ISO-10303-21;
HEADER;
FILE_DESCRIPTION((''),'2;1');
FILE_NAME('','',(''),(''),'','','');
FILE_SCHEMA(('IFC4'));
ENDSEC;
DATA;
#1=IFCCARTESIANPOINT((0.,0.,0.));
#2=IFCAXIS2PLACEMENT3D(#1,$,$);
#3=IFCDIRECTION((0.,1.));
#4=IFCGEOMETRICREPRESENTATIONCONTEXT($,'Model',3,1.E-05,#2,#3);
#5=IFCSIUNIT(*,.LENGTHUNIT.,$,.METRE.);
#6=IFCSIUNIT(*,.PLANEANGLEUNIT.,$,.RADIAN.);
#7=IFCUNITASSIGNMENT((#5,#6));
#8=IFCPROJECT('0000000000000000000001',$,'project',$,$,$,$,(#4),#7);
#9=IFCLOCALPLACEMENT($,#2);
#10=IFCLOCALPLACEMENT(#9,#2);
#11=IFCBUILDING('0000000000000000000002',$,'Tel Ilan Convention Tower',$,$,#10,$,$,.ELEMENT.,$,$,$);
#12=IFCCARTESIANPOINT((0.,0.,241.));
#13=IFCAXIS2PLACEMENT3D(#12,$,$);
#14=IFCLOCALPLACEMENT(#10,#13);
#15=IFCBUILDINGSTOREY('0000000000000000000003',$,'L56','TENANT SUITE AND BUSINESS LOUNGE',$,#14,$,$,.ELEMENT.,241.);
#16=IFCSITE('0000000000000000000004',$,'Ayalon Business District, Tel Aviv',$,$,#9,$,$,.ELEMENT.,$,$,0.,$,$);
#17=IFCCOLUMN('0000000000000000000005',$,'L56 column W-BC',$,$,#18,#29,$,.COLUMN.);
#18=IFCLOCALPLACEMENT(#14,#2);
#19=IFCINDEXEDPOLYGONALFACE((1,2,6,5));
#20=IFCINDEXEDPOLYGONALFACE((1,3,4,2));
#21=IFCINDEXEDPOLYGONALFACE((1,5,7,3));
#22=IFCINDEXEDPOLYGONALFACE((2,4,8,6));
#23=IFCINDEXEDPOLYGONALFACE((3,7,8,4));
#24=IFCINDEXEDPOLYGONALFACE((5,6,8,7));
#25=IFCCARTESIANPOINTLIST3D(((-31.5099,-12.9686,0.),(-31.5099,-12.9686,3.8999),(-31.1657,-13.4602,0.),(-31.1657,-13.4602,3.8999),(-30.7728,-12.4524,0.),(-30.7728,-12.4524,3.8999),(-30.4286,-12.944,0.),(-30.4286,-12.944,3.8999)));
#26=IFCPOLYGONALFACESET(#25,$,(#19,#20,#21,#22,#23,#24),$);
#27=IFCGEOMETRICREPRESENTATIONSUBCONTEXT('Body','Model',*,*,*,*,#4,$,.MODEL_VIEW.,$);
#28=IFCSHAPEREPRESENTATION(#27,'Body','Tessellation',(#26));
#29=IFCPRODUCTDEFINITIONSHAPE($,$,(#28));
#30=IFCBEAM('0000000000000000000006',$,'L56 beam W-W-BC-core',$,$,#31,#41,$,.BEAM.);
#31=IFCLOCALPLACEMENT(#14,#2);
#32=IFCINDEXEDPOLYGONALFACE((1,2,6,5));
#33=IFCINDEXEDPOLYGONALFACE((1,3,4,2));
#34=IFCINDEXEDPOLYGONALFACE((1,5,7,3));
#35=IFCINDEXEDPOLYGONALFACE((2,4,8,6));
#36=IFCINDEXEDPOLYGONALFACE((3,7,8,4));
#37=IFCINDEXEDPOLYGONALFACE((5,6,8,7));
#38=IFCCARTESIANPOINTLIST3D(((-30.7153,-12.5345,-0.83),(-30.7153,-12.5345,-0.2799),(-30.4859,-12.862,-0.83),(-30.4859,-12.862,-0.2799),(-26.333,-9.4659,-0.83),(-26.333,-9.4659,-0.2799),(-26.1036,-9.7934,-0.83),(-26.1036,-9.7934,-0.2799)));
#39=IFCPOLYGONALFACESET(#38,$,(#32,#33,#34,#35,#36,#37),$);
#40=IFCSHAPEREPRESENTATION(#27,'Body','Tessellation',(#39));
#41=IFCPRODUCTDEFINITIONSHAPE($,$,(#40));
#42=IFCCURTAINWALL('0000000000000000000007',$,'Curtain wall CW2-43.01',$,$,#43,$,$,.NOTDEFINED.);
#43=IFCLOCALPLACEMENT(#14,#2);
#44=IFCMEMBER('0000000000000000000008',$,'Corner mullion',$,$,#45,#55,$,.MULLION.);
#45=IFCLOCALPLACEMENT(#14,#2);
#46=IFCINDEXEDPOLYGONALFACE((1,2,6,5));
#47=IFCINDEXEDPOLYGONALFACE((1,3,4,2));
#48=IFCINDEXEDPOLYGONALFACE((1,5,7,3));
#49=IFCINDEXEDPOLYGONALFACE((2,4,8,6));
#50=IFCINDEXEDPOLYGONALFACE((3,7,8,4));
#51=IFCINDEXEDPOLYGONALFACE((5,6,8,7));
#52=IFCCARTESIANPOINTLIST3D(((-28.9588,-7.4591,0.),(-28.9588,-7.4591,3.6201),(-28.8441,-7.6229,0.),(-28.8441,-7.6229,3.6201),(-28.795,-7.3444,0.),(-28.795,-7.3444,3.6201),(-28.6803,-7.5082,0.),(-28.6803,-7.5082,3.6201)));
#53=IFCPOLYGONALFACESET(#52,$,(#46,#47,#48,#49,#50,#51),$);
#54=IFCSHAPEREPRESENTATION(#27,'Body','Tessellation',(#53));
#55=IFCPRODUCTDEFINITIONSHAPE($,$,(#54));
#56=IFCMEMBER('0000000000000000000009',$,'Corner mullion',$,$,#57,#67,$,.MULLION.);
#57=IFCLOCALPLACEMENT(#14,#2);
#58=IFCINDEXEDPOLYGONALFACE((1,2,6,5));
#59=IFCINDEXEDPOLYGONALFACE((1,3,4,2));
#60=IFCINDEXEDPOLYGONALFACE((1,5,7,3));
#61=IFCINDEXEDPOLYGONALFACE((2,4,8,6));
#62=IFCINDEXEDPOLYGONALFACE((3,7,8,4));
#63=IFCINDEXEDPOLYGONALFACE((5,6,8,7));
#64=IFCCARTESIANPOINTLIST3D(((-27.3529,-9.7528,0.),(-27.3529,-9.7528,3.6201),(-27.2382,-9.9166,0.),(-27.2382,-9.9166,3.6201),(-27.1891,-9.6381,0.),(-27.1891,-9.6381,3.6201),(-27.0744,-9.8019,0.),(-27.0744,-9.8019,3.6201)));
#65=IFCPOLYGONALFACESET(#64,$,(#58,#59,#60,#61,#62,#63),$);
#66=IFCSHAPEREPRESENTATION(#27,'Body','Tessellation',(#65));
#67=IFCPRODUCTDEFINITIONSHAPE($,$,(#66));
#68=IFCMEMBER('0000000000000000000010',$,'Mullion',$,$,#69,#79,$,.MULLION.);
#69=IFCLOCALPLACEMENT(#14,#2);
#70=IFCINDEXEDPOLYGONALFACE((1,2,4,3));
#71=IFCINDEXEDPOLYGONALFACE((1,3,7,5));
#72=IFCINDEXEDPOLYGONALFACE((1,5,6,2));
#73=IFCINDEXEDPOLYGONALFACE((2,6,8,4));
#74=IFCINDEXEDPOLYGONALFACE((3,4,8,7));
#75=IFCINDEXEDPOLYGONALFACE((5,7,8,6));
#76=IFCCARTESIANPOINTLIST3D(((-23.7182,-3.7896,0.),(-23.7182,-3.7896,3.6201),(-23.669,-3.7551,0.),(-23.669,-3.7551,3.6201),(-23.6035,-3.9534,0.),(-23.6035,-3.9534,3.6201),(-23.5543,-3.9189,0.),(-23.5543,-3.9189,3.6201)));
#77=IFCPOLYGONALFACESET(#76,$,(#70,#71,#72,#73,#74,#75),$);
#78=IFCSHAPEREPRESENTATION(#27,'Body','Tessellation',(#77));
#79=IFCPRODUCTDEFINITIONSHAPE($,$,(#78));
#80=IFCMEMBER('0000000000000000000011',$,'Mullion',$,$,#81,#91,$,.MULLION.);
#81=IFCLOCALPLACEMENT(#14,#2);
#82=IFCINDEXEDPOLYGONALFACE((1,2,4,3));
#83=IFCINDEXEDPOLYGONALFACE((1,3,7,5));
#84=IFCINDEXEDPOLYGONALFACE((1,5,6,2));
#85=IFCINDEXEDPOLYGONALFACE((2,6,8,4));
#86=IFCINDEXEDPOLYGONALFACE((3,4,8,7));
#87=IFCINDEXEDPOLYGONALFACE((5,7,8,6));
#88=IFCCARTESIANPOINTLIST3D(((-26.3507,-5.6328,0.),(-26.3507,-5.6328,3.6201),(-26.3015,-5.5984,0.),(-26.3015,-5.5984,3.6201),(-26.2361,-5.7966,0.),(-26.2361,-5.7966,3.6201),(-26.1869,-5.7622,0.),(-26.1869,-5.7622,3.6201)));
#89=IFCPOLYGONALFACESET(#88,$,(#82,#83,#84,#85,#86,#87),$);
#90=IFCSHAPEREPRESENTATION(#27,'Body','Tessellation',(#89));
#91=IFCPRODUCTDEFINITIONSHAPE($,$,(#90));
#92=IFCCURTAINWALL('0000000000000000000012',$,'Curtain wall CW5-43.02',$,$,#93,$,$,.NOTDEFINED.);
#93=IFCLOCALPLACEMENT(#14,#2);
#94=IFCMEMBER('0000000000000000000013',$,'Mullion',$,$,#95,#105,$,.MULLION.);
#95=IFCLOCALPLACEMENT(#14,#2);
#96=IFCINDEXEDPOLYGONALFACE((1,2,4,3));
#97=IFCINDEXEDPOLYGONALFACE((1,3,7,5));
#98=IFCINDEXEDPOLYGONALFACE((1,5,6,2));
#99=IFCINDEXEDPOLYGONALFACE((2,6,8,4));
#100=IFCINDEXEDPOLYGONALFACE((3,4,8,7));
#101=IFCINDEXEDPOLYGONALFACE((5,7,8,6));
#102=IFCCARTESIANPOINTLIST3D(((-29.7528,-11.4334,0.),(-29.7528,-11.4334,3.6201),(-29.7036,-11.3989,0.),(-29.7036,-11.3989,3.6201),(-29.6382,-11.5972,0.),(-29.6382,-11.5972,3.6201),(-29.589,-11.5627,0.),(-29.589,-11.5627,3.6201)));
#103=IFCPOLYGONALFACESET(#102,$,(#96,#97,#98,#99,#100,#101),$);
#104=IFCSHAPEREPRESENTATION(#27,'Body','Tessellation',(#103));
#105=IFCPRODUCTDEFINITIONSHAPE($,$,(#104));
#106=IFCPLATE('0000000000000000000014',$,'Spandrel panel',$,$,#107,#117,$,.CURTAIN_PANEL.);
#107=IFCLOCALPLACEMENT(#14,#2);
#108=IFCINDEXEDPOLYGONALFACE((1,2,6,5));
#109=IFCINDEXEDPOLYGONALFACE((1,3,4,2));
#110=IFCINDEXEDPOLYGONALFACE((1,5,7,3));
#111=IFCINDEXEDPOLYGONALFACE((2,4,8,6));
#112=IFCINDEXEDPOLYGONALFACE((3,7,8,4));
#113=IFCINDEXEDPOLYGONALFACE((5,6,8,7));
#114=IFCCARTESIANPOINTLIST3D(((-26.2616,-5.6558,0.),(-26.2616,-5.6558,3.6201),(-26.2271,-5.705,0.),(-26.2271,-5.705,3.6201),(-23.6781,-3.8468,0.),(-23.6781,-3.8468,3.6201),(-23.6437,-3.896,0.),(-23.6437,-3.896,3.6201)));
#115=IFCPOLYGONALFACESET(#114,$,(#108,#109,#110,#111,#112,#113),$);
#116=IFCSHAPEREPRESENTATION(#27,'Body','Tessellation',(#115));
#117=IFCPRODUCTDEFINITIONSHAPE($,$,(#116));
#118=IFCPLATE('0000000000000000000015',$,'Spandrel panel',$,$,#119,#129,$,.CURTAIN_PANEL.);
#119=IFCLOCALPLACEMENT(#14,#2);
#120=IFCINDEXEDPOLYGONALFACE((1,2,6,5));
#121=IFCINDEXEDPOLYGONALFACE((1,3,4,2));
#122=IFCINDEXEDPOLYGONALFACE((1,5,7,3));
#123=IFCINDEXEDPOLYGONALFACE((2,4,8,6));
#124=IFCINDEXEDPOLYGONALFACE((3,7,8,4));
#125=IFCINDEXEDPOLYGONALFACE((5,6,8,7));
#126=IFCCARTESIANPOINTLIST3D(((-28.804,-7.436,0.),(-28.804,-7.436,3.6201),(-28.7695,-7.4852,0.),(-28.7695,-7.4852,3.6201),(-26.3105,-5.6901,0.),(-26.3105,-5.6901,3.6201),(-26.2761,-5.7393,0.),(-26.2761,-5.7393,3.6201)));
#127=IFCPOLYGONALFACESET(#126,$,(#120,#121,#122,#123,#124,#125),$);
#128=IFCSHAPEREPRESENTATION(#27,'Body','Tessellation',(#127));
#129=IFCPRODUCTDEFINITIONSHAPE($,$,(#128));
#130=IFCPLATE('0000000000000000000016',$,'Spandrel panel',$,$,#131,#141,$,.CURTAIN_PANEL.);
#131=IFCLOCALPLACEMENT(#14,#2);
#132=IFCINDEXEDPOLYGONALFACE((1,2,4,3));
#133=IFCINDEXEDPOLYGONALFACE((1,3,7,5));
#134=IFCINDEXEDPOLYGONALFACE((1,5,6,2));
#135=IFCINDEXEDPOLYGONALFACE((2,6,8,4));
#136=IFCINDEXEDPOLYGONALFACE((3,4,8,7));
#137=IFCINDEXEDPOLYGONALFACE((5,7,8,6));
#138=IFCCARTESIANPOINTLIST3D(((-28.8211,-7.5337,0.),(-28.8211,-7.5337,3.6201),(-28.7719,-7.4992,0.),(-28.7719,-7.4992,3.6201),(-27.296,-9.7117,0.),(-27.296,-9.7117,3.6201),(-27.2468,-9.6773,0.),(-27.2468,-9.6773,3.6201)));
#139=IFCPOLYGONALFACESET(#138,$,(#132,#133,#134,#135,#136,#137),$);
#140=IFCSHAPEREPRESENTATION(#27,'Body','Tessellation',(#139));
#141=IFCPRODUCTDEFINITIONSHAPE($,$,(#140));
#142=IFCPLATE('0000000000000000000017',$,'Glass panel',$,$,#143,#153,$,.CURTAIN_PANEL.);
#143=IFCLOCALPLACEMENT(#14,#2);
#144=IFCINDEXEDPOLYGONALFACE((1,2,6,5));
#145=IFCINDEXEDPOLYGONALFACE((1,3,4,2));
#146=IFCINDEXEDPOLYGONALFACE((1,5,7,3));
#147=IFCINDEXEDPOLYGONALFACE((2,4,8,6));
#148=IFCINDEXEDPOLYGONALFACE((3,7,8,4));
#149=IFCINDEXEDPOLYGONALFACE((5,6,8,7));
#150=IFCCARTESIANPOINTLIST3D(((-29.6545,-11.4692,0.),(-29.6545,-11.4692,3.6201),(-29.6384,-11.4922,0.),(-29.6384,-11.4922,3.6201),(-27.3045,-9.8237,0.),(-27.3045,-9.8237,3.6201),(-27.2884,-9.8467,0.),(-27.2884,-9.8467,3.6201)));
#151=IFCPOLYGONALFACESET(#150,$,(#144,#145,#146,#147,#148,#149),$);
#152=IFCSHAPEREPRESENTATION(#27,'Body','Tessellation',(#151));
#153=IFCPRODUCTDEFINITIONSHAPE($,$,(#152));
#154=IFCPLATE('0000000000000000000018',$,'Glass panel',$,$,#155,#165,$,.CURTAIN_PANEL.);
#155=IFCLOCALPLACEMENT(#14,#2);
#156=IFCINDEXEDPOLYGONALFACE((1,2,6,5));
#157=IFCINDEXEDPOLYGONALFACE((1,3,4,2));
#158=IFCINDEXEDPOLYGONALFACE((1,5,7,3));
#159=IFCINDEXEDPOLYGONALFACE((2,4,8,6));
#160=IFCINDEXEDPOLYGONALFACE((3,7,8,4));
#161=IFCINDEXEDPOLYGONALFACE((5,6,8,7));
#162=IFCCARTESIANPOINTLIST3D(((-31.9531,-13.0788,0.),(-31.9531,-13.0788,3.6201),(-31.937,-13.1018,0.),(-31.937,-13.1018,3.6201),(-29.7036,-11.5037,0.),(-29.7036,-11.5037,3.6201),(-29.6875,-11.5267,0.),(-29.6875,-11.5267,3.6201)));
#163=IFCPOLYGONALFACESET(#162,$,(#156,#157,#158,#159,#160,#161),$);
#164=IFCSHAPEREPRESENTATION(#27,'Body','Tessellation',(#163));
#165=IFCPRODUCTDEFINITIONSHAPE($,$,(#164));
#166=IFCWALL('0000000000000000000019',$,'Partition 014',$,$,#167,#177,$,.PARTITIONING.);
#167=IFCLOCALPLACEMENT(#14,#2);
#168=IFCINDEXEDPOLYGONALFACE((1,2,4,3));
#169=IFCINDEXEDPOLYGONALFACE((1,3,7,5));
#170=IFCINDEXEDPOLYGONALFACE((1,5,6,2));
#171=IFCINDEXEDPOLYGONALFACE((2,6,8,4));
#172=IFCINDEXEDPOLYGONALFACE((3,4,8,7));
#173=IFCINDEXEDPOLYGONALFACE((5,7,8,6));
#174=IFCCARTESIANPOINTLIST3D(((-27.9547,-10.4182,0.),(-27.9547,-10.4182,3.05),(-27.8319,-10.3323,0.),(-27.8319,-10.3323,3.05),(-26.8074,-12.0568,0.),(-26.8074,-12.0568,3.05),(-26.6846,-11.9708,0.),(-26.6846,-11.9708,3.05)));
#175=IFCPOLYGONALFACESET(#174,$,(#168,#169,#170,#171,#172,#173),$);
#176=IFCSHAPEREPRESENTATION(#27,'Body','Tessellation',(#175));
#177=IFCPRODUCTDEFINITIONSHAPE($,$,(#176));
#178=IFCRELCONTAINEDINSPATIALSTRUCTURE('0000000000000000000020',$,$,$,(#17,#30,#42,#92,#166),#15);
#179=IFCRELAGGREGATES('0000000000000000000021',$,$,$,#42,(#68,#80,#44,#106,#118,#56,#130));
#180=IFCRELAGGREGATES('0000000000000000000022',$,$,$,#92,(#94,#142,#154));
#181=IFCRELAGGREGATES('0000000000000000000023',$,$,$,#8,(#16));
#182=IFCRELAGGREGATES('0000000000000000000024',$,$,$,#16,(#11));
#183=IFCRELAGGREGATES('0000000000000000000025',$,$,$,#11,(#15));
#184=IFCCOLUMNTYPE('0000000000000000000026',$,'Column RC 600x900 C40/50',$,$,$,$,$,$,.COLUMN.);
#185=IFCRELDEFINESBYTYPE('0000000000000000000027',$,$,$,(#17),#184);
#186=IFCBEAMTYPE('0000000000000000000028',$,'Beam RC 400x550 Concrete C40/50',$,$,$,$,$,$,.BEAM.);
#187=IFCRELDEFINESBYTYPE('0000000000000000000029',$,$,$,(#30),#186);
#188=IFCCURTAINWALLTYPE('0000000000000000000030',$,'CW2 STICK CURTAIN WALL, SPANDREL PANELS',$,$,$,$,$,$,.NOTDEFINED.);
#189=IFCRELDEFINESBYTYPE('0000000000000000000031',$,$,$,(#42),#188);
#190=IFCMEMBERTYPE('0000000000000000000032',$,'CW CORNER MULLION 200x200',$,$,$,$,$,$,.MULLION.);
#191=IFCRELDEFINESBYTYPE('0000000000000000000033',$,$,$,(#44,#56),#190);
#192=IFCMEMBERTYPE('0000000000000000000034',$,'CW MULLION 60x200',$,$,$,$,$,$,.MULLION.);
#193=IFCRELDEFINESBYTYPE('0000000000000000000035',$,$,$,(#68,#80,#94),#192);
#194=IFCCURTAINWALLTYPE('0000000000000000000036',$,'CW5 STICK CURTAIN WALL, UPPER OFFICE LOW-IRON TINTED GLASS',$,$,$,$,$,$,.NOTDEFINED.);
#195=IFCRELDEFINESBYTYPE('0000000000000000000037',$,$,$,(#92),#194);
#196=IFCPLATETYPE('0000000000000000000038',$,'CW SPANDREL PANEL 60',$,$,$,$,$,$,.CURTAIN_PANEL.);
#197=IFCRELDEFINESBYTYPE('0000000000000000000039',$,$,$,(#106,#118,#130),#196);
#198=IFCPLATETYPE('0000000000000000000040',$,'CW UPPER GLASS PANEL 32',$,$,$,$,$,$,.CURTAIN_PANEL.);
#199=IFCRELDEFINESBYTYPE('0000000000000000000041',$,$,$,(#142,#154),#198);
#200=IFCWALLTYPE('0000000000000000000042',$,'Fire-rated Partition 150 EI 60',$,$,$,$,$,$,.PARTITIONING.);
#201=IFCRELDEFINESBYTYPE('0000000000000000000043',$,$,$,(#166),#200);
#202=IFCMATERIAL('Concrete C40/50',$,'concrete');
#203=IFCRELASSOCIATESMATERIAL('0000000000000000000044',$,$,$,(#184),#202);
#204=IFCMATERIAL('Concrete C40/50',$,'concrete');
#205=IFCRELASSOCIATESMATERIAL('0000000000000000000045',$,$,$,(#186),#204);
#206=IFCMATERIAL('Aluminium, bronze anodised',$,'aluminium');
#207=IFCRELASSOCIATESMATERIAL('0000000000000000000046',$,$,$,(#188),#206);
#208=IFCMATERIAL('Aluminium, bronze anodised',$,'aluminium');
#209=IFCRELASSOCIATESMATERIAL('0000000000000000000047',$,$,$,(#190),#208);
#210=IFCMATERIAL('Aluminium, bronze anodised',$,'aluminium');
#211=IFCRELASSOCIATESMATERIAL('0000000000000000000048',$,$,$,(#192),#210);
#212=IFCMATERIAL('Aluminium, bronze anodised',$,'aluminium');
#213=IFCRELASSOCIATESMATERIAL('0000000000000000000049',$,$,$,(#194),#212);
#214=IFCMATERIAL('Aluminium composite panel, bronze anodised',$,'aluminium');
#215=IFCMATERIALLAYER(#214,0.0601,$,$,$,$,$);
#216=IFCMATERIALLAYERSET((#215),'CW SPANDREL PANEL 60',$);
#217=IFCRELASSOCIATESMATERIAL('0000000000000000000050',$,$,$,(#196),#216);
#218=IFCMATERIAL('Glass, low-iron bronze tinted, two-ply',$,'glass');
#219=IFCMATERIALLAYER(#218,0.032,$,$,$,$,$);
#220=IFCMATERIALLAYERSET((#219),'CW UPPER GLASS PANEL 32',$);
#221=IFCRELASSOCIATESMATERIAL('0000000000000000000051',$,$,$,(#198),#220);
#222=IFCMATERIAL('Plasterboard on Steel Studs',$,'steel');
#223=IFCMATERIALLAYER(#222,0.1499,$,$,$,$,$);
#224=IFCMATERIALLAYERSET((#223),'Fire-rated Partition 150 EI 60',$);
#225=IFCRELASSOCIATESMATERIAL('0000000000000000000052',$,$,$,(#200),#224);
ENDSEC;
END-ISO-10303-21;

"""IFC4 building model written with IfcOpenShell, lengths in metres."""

from ifc_helpers import new_model, si_unit, direction, frame, frame_2d, origin, origin_2d, place, context, subcontext, project, spatial, rectangle, extrude, material, layer, layer_set, material_profile, profile_set, type_object, element, aggregate, save


model = new_model("IFC4")

# Units and contexts
model_context = context("Model", 3, precision=1e-05, world=origin(), true_north=direction((0.0, 1.0)))
body_context = subcontext(model_context, "Body", "Model", "MODEL_VIEW")
ifc_project = project(units=[si_unit("LENGTHUNIT", "METRE"), si_unit("PLANEANGLEUNIT", "RADIAN")], contexts=[model_context])

# Site, building, storey
site_placement = place(None, origin())
site = spatial("IfcSite", under=ifc_project, at=site_placement, Name="Ayalon Business District, Tel Aviv", CompositionType="ELEMENT", RefElevation=0.0)
building_placement = place(site_placement, origin())
building = spatial("IfcBuilding", under=site, at=building_placement, Name="Tel Ilan Convention Tower", CompositionType="ELEMENT")
storey_placement = place(building_placement, frame((0.0, 0.0, 241.0)))
storey = spatial("IfcBuildingStorey", under=building, at=storey_placement, Name="L56", Description="TENANT SUITE AND BUSINESS LOUNGE", CompositionType="ELEMENT", Elevation=241.0)

# Column
ifc_material_1 = material(Name="Concrete C40/50", Category="concrete")
ifc_material_profile_1 = material_profile(ifc_material_1, rectangle(XDim=0.8999, YDim=0.6001, at=origin_2d()), Name="RC 600x900")
ifc_profile_set_1 = profile_set([ifc_material_profile_1], Name="Concrete C40/50")
column_type = type_object("IfcColumnType", Name="Column RC 600x900 C40/50", PredefinedType="COLUMN", material=ifc_profile_set_1)
column_placement = place(storey_placement, frame((-30.9692, -12.9563, 0.0), z_axis=(0.0, 0.0, 1.0), x_axis=(-0.819152, -0.573576, 0.0)))
element("IfcColumn", 1, at=column_placement, inside=storey, type_object=column_type, Name="L56 column W-BC", PredefinedType="COLUMN", context=body_context, shape_type="SweptSolid", body=[
    extrude(rectangle(XDim=0.8999, YDim=0.6001, at=origin_2d()), origin(), (0.0, 0.0, 1.0), 3.8999),
])

# Beam
ifc_material_2 = material(Name="Concrete C40/50", Category="concrete")
ifc_material_profile_2 = material_profile(ifc_material_2, rectangle(XDim=0.3999, YDim=0.55, at=origin_2d()), Name="RC 400x550")
ifc_profile_set_2 = profile_set([ifc_material_profile_2], Name="Concrete C40/50")
beam_type = type_object("IfcBeamType", Name="Beam RC 400x550 Concrete C40/50", PredefinedType="BEAM", material=ifc_profile_set_2)
beam_placement = place(storey_placement, frame((-30.6006, -12.6982, -0.5549), z_axis=(0.819146, 0.573585, 0.0), x_axis=(-0.573585, 0.819146, 0.0)))
element("IfcBeam", 2, at=beam_placement, inside=storey, type_object=beam_type, Name="L56 beam W-W-BC-core", PredefinedType="BEAM", context=body_context, shape_type="SweptSolid", body=[
    extrude(rectangle(XDim=0.3999, YDim=0.55, at=origin_2d()), origin(), (0.0, 0.0, 1.0), 5.3499),
])

# Curtain wall, members
ifc_material_3 = material(Name="Aluminium, bronze anodised", Category="aluminium")
curtain_wall_type_1 = type_object("IfcCurtainWallType", Name="CW2 STICK CURTAIN WALL, SPANDREL PANELS", PredefinedType="NOTDEFINED", material=ifc_material_3)
curtain_wall_1_placement = place(storey_placement, origin())
curtain_wall_1 = element("IfcCurtainWall", 3, at=curtain_wall_1_placement, inside=storey, type_object=curtain_wall_type_1, Name="Curtain wall CW2-43.01", PredefinedType="NOTDEFINED")
ifc_material_4 = material(Name="Aluminium, bronze anodised", Category="aluminium")
ifc_material_profile_3 = material_profile(ifc_material_4, rectangle(XDim=0.2, YDim=0.2, at=origin_2d()), Name="CW CORNER MULLION 200x200")
ifc_profile_set_3 = profile_set([ifc_material_profile_3], Name="Aluminium, bronze anodised")
member_type_1 = type_object("IfcMemberType", Name="CW CORNER MULLION 200x200", PredefinedType="MULLION", material=ifc_profile_set_3)
member_1_placement = place(storey_placement, frame((-28.8196, -7.4836, 0.0), z_axis=(0.0, 0.0, 1.0), x_axis=(-0.819152, -0.573576, 0.0)))
member_1 = element("IfcMember", 4, at=member_1_placement, type_object=member_type_1, Name="Corner mullion", PredefinedType="MULLION", context=body_context, shape_type="SweptSolid", body=[
    extrude(rectangle(XDim=0.2, YDim=0.2, at=origin_2d()), origin(), (0.0, 0.0, 1.0), 3.6201),
])
member_2_placement = place(storey_placement, frame((-27.2136, -9.7773, 0.0), z_axis=(0.0, 0.0, 1.0), x_axis=(0.573576, -0.819152, 0.0)))
member_2 = element("IfcMember", 5, at=member_2_placement, type_object=member_type_1, Name="Corner mullion", PredefinedType="MULLION", context=body_context, shape_type="SweptSolid", body=[
    extrude(rectangle(XDim=0.2, YDim=0.2, at=origin_2d()), origin(), (0.0, 0.0, 1.0), 3.6201),
])
ifc_material_5 = material(Name="Aluminium, bronze anodised", Category="aluminium")
ifc_material_profile_4 = material_profile(ifc_material_5, rectangle(XDim=0.0601, YDim=0.2, at=origin_2d()), Name="CW MULLION 60x200")
ifc_profile_set_4 = profile_set([ifc_material_profile_4], Name="Aluminium, bronze anodised")
member_type_2 = type_object("IfcMemberType", Name="CW MULLION 60x200", PredefinedType="MULLION", material=ifc_profile_set_4)
member_3_placement = place(storey_placement, frame((-23.6362, -3.8542, 0.0), z_axis=(0.0, 0.0, 1.0), x_axis=(-0.819152, -0.573576, 0.0)))
member_3 = element("IfcMember", 6, at=member_3_placement, type_object=member_type_2, Name="Mullion", PredefinedType="MULLION", context=body_context, shape_type="SweptSolid", body=[
    extrude(rectangle(XDim=0.0601, YDim=0.2, at=origin_2d()), origin(), (0.0, 0.0, 1.0), 3.6201),
])
member_4_placement = place(storey_placement, frame((-26.2688, -5.6975, 0.0), z_axis=(0.0, 0.0, 1.0), x_axis=(-0.819152, -0.573576, 0.0)))
member_4 = element("IfcMember", 7, at=member_4_placement, type_object=member_type_2, Name="Mullion", PredefinedType="MULLION", context=body_context, shape_type="SweptSolid", body=[
    extrude(rectangle(XDim=0.0601, YDim=0.2, at=origin_2d()), origin(), (0.0, 0.0, 1.0), 3.6201),
])

# Curtain wall, member
ifc_material_6 = material(Name="Aluminium, bronze anodised", Category="aluminium")
curtain_wall_type_2 = type_object("IfcCurtainWallType", Name="CW5 STICK CURTAIN WALL, UPPER OFFICE LOW-IRON TINTED GLASS", PredefinedType="NOTDEFINED", material=ifc_material_6)
curtain_wall_2_placement = place(storey_placement, origin())
curtain_wall_2 = element("IfcCurtainWall", 8, at=curtain_wall_2_placement, inside=storey, type_object=curtain_wall_type_2, Name="Curtain wall CW5-43.02", PredefinedType="NOTDEFINED")
member_5_placement = place(storey_placement, frame((-29.6709, -11.498, 0.0), z_axis=(0.0, 0.0, 1.0), x_axis=(-0.819152, -0.573576, 0.0)))
member_5 = element("IfcMember", 9, at=member_5_placement, type_object=member_type_2, Name="Mullion", PredefinedType="MULLION", context=body_context, shape_type="SweptSolid", body=[
    extrude(rectangle(XDim=0.0601, YDim=0.2, at=origin_2d()), origin(), (0.0, 0.0, 1.0), 3.6201),
])

# Plates
ifc_material_7 = material(Name="Aluminium composite panel, bronze anodised", Category="aluminium")
ifc_layer_1 = layer(ifc_material_7, 0.0601)
ifc_layer_set_1 = layer_set([ifc_layer_1], Name="CW SPANDREL PANEL 60")
plate_type_1 = type_object("IfcPlateType", Name="CW SPANDREL PANEL 60", PredefinedType="CURTAIN_PANEL", material=ifc_layer_set_1)
plate_1_placement = place(storey_placement, frame((-24.9526, -4.7759, 0.0), z_axis=(0.0, 0.0, 1.0), x_axis=(-0.819152, -0.573576, 0.0)))
plate_1 = element("IfcPlate", 10, at=plate_1_placement, type_object=plate_type_1, Name="Spandrel panel", PredefinedType="CURTAIN_PANEL", context=body_context, shape_type="SweptSolid", body=[
    extrude(rectangle(XDim=3.1538, YDim=0.0601, at=origin_2d()), origin(), (0.0, 0.0, 1.0), 3.6201),
])
plate_2_placement = place(storey_placement, frame((-27.54, -6.5876, 0.0), z_axis=(0.0, 0.0, 1.0), x_axis=(-0.819152, -0.573576, 0.0)))
plate_2 = element("IfcPlate", 11, at=plate_2_placement, type_object=plate_type_1, Name="Spandrel panel", PredefinedType="CURTAIN_PANEL", context=body_context, shape_type="SweptSolid", body=[
    extrude(rectangle(XDim=3.0439, YDim=0.0601, at=origin_2d()), origin(), (0.0, 0.0, 1.0), 3.6201),
])
plate_3_placement = place(storey_placement, frame((-28.0339, -8.6055, 0.0), z_axis=(0.0, 0.0, 1.0), x_axis=(0.573576, -0.819152, 0.0)))
plate_3 = element("IfcPlate", 12, at=plate_3_placement, type_object=plate_type_1, Name="Spandrel panel", PredefinedType="CURTAIN_PANEL", context=body_context, shape_type="SweptSolid", body=[
    extrude(rectangle(XDim=2.6589, YDim=0.0601, at=origin_2d()), origin(), (0.0, 0.0, 1.0), 3.6201),
])
aggregate(curtain_wall_1, [member_3, member_4, member_1, plate_1, plate_2, member_2, plate_3])
ifc_material_8 = material(Name="Glass, low-iron bronze tinted, two-ply", Category="glass")
ifc_layer_2 = layer(ifc_material_8, 0.032)
ifc_layer_set_2 = layer_set([ifc_layer_2], Name="CW UPPER GLASS PANEL 32")
plate_type_2 = type_object("IfcPlateType", Name="CW UPPER GLASS PANEL 32", PredefinedType="CURTAIN_PANEL", material=ifc_layer_set_2)
plate_4_placement = place(storey_placement, frame((-28.4714, -10.658, 0.0), z_axis=(0.0, 0.0, 1.0), x_axis=(-0.819152, -0.573576, 0.0)))
plate_4 = element("IfcPlate", 13, at=plate_4_placement, type_object=plate_type_2, Name="Glass panel", PredefinedType="CURTAIN_PANEL", context=body_context, shape_type="SweptSolid", body=[
    extrude(rectangle(XDim=2.8689, YDim=0.0281, at=origin_2d()), origin(), (0.0, 0.0, 1.0), 3.6201),
])
plate_5_placement = place(storey_placement, frame((-30.8203, -12.3027, 0.0), z_axis=(0.0, 0.0, 1.0), x_axis=(-0.819152, -0.573576, 0.0)))
plate_5 = element("IfcPlate", 14, at=plate_5_placement, type_object=plate_type_2, Name="Glass panel", PredefinedType="CURTAIN_PANEL", context=body_context, shape_type="SweptSolid", body=[
    extrude(rectangle(XDim=2.7461, YDim=0.0281, at=origin_2d()), origin(), (0.0, 0.0, 1.0), 3.6201),
])
aggregate(curtain_wall_2, [member_5, plate_4, plate_5])

# Wall
ifc_material_9 = material(Name="Plasterboard on Steel Studs", Category="steel")
ifc_layer_3 = layer(ifc_material_9, 0.1499)
ifc_layer_set_3 = layer_set([ifc_layer_3], Name="Fire-rated Partition 150 EI 60")
wall_type_1 = type_object("IfcWallType", Name="Fire-rated Partition 150 EI 60", PredefinedType="PARTITIONING", material=ifc_layer_set_3)
wall_1_placement = place(storey_placement, frame((-26.7461, -12.0137, 0.0), z_axis=(0.0, 0.0, 1.0), x_axis=(-0.573569, 0.819157, 0.0)))
element("IfcWall", 15, at=wall_1_placement, inside=storey, type_object=wall_type_1, Name="Partition 014", PredefinedType="PARTITIONING", context=body_context, shape_type="SweptSolid", body=[
    extrude(rectangle(XDim=2.0002, YDim=0.1499, at=frame_2d((1.0, 0.0))), origin(), (0.0, 0.0, 1.0), 3.05),
])

save(model, "model.ifc")
